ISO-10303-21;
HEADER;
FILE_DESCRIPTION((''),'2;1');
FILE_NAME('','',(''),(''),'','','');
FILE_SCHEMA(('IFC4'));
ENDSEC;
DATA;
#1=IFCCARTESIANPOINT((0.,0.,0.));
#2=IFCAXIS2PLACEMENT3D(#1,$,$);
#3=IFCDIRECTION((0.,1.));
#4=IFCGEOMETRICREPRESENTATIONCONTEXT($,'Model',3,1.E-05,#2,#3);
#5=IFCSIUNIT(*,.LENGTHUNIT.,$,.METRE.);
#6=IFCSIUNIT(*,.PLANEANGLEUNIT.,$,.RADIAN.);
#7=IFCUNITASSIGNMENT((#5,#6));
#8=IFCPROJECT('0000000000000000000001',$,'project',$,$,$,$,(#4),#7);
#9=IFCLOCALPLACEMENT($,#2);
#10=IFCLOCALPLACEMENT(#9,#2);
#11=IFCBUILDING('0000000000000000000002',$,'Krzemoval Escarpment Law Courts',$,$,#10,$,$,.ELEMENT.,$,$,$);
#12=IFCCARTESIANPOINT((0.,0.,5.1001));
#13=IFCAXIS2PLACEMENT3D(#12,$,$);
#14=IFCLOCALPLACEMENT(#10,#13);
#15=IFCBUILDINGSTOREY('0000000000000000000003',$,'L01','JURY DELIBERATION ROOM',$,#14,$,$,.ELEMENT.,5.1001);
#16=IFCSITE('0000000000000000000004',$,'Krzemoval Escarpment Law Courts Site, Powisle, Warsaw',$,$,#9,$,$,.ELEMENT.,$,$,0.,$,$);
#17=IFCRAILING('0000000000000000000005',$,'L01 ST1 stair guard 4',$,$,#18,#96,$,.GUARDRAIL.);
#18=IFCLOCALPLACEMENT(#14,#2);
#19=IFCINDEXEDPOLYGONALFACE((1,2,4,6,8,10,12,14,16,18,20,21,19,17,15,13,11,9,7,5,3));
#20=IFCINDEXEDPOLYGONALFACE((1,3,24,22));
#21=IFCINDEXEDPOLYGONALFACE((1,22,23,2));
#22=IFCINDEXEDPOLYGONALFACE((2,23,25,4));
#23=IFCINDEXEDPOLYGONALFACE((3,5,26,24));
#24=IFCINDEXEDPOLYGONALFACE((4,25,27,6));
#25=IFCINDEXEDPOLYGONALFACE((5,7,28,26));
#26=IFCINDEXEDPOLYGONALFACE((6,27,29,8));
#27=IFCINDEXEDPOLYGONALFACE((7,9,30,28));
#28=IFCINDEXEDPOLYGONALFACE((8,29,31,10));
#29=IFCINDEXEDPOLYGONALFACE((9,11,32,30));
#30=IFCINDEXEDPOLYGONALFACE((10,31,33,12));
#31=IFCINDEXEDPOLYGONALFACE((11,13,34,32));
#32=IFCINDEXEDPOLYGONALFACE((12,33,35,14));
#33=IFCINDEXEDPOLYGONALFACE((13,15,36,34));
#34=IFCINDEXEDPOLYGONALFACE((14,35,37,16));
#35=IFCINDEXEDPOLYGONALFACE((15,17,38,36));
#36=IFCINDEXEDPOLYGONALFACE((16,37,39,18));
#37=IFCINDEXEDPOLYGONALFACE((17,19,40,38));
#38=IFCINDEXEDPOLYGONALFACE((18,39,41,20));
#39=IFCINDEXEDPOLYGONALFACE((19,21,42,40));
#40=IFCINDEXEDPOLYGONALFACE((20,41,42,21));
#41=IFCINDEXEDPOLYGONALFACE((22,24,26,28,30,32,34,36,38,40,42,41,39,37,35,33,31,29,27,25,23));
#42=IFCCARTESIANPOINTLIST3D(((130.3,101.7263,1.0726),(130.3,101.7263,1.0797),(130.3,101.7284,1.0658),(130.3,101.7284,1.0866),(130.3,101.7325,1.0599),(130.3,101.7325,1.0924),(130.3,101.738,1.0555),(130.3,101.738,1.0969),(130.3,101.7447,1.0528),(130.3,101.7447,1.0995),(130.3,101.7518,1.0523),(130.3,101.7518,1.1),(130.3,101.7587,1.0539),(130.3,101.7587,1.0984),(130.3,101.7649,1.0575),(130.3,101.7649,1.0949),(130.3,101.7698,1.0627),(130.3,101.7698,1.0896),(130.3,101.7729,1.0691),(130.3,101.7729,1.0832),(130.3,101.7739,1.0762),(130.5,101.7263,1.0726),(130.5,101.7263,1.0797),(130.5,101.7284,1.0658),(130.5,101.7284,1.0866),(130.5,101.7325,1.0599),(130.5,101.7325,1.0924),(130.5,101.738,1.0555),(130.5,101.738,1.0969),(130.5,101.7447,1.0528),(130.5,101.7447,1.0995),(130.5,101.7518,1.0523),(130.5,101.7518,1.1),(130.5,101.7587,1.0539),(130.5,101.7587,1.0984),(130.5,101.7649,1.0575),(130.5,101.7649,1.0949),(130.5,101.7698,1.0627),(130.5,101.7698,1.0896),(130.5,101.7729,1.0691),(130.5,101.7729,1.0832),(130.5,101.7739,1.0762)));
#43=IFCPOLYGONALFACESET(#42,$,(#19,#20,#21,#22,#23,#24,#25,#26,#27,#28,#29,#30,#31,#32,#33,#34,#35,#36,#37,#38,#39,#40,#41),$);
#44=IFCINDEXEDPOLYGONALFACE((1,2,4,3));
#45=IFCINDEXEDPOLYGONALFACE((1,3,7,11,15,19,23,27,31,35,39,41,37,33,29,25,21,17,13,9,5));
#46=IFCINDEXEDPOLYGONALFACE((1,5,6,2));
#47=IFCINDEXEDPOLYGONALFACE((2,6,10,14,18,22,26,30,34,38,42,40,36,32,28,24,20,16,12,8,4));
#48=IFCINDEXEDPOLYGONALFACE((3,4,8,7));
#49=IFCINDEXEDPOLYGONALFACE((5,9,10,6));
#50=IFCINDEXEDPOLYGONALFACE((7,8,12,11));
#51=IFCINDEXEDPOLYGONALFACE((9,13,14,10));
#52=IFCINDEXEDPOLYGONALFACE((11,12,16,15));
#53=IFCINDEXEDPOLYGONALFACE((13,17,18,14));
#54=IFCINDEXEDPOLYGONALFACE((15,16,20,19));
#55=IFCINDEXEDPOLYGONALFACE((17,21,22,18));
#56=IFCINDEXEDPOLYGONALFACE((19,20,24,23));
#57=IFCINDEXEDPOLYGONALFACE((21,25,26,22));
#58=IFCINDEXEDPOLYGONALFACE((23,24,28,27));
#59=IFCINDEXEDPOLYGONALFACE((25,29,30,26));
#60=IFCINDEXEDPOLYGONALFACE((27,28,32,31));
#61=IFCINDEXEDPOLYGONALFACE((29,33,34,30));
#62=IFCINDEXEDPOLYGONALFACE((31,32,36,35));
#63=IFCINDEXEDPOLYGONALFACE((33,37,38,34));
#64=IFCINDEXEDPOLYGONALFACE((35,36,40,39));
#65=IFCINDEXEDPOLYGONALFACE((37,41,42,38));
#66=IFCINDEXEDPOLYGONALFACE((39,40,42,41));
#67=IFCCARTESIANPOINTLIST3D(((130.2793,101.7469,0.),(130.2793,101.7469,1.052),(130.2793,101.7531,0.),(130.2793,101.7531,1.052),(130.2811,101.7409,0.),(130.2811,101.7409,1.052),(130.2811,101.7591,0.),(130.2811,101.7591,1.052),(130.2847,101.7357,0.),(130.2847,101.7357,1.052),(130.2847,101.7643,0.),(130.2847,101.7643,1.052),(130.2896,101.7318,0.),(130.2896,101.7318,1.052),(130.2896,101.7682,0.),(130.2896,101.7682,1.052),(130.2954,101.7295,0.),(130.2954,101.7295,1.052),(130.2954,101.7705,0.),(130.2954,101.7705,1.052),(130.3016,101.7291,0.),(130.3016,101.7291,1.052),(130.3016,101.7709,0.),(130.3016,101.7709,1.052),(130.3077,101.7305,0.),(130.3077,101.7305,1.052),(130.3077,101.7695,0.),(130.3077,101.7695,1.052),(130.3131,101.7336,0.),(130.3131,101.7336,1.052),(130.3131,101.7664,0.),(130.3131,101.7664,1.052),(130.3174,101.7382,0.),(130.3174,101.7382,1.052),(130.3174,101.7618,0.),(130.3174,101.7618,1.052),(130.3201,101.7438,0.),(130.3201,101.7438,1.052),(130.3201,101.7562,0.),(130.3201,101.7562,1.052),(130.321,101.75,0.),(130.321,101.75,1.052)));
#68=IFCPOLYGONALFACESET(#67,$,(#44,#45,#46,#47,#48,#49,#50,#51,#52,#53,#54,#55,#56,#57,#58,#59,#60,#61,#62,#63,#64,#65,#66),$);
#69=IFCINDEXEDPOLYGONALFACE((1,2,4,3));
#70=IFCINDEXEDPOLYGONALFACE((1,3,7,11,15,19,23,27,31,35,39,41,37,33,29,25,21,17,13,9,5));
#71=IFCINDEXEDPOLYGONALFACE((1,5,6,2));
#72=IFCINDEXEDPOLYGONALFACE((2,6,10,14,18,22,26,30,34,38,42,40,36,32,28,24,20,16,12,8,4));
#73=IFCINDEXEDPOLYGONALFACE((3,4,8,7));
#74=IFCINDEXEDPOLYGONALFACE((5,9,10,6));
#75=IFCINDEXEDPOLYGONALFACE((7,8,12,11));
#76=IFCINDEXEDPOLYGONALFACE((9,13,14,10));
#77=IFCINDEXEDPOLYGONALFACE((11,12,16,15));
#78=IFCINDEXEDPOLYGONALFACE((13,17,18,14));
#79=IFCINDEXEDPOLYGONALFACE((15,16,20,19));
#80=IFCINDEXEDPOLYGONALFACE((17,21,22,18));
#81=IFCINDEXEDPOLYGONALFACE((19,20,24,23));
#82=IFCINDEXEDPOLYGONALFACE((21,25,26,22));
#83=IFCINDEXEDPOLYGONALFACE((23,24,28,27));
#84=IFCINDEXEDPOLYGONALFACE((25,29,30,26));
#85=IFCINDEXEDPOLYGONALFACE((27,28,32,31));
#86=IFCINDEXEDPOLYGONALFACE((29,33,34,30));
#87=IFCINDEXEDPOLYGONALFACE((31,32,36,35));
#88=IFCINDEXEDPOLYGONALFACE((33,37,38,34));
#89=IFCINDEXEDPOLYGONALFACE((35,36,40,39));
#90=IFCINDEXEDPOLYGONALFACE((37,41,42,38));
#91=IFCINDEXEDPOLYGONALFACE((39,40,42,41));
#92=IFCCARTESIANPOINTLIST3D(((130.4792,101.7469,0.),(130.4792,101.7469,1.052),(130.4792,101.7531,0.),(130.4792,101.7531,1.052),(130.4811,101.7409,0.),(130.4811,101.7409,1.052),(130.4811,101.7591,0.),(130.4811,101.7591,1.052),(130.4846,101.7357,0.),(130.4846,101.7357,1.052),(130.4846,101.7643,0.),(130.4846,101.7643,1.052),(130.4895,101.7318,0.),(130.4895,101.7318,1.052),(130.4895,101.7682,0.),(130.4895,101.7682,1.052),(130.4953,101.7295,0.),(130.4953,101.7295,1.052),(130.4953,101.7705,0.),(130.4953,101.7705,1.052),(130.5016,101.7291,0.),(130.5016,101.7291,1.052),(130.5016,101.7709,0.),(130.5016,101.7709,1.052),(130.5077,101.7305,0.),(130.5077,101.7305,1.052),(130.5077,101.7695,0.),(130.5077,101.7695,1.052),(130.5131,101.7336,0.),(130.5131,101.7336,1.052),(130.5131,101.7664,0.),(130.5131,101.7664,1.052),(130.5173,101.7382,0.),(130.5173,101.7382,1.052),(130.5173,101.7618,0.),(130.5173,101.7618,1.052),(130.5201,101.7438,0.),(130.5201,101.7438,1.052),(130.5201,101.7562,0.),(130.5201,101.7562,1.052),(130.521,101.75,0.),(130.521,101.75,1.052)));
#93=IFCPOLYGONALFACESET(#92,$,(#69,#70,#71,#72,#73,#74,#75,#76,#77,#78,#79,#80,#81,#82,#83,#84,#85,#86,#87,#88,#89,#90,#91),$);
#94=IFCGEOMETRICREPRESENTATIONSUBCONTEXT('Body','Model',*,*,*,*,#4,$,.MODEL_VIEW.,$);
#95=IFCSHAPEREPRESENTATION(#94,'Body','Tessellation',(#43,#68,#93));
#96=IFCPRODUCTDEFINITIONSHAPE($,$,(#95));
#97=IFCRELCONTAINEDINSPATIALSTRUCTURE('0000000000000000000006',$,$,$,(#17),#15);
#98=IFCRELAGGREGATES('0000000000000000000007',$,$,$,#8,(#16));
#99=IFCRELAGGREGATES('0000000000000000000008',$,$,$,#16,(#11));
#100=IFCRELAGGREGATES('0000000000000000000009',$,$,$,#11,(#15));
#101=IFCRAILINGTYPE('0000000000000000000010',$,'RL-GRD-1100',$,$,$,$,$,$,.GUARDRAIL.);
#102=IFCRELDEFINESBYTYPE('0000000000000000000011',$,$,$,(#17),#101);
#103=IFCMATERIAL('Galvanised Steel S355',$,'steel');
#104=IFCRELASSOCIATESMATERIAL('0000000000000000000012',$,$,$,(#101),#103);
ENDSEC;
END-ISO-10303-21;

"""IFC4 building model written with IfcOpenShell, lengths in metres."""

from ifc_helpers import new_model, si_unit, direction, frame, origin, origin_2d, place, context, subcontext, project, spatial, circle, extrude, material, type_object, element, save


model = new_model("IFC4")

# Units and contexts
model_context = context("Model", 3, precision=1e-05, world=origin(), true_north=direction((0.0, 1.0)))
body_context = subcontext(model_context, "Body", "Model", "MODEL_VIEW")
ifc_project = project(units=[si_unit("LENGTHUNIT", "METRE"), si_unit("PLANEANGLEUNIT", "RADIAN")], contexts=[model_context])

# Site, building, storey
site_placement = place(None, origin())
site = spatial("IfcSite", under=ifc_project, at=site_placement, Name="Krzemoval Escarpment Law Courts Site, Powisle, Warsaw", CompositionType="ELEMENT", RefElevation=0.0)
building_placement = place(site_placement, origin())
building = spatial("IfcBuilding", under=site, at=building_placement, Name="Krzemoval Escarpment Law Courts", CompositionType="ELEMENT")
storey_placement = place(building_placement, frame((0.0, 0.0, 5.1001)))
storey = spatial("IfcBuildingStorey", under=building, at=storey_placement, Name="L01", Description="JURY DELIBERATION ROOM", CompositionType="ELEMENT", Elevation=5.1001)

# Railing
ifc_material_1 = material(Name="Galvanised Steel S355", Category="steel")
railing_type_1 = type_object("IfcRailingType", Name="RL-GRD-1100", PredefinedType="GUARDRAIL", material=ifc_material_1)
railing_1_placement = place(storey_placement, frame((130.3, 101.75, 0.0)))
element("IfcRailing", 1, at=railing_1_placement, inside=storey, type_object=railing_type_1, Name="L01 ST1 stair guard 4", PredefinedType="GUARDRAIL", context=body_context, shape_type="SweptSolid", body=[
    extrude(circle(Radius=0.0239, at=origin_2d()), frame((0.0, 0.0, 1.0762), z_axis=(1.0, 0.0, 0.0), x_axis=(0.0, 1.0, 0.0)), (0.0, 0.0, 1.0), 0.2),
    extrude(circle(Radius=0.021, at=origin_2d()), origin(), (0.0, 0.0, 1.0), 1.052),
    extrude(circle(Radius=0.021, at=origin_2d()), frame((0.2, 0.0, 0.0)), (0.0, 0.0, 1.0), 1.052),
])

save(model, "model.ifc")
